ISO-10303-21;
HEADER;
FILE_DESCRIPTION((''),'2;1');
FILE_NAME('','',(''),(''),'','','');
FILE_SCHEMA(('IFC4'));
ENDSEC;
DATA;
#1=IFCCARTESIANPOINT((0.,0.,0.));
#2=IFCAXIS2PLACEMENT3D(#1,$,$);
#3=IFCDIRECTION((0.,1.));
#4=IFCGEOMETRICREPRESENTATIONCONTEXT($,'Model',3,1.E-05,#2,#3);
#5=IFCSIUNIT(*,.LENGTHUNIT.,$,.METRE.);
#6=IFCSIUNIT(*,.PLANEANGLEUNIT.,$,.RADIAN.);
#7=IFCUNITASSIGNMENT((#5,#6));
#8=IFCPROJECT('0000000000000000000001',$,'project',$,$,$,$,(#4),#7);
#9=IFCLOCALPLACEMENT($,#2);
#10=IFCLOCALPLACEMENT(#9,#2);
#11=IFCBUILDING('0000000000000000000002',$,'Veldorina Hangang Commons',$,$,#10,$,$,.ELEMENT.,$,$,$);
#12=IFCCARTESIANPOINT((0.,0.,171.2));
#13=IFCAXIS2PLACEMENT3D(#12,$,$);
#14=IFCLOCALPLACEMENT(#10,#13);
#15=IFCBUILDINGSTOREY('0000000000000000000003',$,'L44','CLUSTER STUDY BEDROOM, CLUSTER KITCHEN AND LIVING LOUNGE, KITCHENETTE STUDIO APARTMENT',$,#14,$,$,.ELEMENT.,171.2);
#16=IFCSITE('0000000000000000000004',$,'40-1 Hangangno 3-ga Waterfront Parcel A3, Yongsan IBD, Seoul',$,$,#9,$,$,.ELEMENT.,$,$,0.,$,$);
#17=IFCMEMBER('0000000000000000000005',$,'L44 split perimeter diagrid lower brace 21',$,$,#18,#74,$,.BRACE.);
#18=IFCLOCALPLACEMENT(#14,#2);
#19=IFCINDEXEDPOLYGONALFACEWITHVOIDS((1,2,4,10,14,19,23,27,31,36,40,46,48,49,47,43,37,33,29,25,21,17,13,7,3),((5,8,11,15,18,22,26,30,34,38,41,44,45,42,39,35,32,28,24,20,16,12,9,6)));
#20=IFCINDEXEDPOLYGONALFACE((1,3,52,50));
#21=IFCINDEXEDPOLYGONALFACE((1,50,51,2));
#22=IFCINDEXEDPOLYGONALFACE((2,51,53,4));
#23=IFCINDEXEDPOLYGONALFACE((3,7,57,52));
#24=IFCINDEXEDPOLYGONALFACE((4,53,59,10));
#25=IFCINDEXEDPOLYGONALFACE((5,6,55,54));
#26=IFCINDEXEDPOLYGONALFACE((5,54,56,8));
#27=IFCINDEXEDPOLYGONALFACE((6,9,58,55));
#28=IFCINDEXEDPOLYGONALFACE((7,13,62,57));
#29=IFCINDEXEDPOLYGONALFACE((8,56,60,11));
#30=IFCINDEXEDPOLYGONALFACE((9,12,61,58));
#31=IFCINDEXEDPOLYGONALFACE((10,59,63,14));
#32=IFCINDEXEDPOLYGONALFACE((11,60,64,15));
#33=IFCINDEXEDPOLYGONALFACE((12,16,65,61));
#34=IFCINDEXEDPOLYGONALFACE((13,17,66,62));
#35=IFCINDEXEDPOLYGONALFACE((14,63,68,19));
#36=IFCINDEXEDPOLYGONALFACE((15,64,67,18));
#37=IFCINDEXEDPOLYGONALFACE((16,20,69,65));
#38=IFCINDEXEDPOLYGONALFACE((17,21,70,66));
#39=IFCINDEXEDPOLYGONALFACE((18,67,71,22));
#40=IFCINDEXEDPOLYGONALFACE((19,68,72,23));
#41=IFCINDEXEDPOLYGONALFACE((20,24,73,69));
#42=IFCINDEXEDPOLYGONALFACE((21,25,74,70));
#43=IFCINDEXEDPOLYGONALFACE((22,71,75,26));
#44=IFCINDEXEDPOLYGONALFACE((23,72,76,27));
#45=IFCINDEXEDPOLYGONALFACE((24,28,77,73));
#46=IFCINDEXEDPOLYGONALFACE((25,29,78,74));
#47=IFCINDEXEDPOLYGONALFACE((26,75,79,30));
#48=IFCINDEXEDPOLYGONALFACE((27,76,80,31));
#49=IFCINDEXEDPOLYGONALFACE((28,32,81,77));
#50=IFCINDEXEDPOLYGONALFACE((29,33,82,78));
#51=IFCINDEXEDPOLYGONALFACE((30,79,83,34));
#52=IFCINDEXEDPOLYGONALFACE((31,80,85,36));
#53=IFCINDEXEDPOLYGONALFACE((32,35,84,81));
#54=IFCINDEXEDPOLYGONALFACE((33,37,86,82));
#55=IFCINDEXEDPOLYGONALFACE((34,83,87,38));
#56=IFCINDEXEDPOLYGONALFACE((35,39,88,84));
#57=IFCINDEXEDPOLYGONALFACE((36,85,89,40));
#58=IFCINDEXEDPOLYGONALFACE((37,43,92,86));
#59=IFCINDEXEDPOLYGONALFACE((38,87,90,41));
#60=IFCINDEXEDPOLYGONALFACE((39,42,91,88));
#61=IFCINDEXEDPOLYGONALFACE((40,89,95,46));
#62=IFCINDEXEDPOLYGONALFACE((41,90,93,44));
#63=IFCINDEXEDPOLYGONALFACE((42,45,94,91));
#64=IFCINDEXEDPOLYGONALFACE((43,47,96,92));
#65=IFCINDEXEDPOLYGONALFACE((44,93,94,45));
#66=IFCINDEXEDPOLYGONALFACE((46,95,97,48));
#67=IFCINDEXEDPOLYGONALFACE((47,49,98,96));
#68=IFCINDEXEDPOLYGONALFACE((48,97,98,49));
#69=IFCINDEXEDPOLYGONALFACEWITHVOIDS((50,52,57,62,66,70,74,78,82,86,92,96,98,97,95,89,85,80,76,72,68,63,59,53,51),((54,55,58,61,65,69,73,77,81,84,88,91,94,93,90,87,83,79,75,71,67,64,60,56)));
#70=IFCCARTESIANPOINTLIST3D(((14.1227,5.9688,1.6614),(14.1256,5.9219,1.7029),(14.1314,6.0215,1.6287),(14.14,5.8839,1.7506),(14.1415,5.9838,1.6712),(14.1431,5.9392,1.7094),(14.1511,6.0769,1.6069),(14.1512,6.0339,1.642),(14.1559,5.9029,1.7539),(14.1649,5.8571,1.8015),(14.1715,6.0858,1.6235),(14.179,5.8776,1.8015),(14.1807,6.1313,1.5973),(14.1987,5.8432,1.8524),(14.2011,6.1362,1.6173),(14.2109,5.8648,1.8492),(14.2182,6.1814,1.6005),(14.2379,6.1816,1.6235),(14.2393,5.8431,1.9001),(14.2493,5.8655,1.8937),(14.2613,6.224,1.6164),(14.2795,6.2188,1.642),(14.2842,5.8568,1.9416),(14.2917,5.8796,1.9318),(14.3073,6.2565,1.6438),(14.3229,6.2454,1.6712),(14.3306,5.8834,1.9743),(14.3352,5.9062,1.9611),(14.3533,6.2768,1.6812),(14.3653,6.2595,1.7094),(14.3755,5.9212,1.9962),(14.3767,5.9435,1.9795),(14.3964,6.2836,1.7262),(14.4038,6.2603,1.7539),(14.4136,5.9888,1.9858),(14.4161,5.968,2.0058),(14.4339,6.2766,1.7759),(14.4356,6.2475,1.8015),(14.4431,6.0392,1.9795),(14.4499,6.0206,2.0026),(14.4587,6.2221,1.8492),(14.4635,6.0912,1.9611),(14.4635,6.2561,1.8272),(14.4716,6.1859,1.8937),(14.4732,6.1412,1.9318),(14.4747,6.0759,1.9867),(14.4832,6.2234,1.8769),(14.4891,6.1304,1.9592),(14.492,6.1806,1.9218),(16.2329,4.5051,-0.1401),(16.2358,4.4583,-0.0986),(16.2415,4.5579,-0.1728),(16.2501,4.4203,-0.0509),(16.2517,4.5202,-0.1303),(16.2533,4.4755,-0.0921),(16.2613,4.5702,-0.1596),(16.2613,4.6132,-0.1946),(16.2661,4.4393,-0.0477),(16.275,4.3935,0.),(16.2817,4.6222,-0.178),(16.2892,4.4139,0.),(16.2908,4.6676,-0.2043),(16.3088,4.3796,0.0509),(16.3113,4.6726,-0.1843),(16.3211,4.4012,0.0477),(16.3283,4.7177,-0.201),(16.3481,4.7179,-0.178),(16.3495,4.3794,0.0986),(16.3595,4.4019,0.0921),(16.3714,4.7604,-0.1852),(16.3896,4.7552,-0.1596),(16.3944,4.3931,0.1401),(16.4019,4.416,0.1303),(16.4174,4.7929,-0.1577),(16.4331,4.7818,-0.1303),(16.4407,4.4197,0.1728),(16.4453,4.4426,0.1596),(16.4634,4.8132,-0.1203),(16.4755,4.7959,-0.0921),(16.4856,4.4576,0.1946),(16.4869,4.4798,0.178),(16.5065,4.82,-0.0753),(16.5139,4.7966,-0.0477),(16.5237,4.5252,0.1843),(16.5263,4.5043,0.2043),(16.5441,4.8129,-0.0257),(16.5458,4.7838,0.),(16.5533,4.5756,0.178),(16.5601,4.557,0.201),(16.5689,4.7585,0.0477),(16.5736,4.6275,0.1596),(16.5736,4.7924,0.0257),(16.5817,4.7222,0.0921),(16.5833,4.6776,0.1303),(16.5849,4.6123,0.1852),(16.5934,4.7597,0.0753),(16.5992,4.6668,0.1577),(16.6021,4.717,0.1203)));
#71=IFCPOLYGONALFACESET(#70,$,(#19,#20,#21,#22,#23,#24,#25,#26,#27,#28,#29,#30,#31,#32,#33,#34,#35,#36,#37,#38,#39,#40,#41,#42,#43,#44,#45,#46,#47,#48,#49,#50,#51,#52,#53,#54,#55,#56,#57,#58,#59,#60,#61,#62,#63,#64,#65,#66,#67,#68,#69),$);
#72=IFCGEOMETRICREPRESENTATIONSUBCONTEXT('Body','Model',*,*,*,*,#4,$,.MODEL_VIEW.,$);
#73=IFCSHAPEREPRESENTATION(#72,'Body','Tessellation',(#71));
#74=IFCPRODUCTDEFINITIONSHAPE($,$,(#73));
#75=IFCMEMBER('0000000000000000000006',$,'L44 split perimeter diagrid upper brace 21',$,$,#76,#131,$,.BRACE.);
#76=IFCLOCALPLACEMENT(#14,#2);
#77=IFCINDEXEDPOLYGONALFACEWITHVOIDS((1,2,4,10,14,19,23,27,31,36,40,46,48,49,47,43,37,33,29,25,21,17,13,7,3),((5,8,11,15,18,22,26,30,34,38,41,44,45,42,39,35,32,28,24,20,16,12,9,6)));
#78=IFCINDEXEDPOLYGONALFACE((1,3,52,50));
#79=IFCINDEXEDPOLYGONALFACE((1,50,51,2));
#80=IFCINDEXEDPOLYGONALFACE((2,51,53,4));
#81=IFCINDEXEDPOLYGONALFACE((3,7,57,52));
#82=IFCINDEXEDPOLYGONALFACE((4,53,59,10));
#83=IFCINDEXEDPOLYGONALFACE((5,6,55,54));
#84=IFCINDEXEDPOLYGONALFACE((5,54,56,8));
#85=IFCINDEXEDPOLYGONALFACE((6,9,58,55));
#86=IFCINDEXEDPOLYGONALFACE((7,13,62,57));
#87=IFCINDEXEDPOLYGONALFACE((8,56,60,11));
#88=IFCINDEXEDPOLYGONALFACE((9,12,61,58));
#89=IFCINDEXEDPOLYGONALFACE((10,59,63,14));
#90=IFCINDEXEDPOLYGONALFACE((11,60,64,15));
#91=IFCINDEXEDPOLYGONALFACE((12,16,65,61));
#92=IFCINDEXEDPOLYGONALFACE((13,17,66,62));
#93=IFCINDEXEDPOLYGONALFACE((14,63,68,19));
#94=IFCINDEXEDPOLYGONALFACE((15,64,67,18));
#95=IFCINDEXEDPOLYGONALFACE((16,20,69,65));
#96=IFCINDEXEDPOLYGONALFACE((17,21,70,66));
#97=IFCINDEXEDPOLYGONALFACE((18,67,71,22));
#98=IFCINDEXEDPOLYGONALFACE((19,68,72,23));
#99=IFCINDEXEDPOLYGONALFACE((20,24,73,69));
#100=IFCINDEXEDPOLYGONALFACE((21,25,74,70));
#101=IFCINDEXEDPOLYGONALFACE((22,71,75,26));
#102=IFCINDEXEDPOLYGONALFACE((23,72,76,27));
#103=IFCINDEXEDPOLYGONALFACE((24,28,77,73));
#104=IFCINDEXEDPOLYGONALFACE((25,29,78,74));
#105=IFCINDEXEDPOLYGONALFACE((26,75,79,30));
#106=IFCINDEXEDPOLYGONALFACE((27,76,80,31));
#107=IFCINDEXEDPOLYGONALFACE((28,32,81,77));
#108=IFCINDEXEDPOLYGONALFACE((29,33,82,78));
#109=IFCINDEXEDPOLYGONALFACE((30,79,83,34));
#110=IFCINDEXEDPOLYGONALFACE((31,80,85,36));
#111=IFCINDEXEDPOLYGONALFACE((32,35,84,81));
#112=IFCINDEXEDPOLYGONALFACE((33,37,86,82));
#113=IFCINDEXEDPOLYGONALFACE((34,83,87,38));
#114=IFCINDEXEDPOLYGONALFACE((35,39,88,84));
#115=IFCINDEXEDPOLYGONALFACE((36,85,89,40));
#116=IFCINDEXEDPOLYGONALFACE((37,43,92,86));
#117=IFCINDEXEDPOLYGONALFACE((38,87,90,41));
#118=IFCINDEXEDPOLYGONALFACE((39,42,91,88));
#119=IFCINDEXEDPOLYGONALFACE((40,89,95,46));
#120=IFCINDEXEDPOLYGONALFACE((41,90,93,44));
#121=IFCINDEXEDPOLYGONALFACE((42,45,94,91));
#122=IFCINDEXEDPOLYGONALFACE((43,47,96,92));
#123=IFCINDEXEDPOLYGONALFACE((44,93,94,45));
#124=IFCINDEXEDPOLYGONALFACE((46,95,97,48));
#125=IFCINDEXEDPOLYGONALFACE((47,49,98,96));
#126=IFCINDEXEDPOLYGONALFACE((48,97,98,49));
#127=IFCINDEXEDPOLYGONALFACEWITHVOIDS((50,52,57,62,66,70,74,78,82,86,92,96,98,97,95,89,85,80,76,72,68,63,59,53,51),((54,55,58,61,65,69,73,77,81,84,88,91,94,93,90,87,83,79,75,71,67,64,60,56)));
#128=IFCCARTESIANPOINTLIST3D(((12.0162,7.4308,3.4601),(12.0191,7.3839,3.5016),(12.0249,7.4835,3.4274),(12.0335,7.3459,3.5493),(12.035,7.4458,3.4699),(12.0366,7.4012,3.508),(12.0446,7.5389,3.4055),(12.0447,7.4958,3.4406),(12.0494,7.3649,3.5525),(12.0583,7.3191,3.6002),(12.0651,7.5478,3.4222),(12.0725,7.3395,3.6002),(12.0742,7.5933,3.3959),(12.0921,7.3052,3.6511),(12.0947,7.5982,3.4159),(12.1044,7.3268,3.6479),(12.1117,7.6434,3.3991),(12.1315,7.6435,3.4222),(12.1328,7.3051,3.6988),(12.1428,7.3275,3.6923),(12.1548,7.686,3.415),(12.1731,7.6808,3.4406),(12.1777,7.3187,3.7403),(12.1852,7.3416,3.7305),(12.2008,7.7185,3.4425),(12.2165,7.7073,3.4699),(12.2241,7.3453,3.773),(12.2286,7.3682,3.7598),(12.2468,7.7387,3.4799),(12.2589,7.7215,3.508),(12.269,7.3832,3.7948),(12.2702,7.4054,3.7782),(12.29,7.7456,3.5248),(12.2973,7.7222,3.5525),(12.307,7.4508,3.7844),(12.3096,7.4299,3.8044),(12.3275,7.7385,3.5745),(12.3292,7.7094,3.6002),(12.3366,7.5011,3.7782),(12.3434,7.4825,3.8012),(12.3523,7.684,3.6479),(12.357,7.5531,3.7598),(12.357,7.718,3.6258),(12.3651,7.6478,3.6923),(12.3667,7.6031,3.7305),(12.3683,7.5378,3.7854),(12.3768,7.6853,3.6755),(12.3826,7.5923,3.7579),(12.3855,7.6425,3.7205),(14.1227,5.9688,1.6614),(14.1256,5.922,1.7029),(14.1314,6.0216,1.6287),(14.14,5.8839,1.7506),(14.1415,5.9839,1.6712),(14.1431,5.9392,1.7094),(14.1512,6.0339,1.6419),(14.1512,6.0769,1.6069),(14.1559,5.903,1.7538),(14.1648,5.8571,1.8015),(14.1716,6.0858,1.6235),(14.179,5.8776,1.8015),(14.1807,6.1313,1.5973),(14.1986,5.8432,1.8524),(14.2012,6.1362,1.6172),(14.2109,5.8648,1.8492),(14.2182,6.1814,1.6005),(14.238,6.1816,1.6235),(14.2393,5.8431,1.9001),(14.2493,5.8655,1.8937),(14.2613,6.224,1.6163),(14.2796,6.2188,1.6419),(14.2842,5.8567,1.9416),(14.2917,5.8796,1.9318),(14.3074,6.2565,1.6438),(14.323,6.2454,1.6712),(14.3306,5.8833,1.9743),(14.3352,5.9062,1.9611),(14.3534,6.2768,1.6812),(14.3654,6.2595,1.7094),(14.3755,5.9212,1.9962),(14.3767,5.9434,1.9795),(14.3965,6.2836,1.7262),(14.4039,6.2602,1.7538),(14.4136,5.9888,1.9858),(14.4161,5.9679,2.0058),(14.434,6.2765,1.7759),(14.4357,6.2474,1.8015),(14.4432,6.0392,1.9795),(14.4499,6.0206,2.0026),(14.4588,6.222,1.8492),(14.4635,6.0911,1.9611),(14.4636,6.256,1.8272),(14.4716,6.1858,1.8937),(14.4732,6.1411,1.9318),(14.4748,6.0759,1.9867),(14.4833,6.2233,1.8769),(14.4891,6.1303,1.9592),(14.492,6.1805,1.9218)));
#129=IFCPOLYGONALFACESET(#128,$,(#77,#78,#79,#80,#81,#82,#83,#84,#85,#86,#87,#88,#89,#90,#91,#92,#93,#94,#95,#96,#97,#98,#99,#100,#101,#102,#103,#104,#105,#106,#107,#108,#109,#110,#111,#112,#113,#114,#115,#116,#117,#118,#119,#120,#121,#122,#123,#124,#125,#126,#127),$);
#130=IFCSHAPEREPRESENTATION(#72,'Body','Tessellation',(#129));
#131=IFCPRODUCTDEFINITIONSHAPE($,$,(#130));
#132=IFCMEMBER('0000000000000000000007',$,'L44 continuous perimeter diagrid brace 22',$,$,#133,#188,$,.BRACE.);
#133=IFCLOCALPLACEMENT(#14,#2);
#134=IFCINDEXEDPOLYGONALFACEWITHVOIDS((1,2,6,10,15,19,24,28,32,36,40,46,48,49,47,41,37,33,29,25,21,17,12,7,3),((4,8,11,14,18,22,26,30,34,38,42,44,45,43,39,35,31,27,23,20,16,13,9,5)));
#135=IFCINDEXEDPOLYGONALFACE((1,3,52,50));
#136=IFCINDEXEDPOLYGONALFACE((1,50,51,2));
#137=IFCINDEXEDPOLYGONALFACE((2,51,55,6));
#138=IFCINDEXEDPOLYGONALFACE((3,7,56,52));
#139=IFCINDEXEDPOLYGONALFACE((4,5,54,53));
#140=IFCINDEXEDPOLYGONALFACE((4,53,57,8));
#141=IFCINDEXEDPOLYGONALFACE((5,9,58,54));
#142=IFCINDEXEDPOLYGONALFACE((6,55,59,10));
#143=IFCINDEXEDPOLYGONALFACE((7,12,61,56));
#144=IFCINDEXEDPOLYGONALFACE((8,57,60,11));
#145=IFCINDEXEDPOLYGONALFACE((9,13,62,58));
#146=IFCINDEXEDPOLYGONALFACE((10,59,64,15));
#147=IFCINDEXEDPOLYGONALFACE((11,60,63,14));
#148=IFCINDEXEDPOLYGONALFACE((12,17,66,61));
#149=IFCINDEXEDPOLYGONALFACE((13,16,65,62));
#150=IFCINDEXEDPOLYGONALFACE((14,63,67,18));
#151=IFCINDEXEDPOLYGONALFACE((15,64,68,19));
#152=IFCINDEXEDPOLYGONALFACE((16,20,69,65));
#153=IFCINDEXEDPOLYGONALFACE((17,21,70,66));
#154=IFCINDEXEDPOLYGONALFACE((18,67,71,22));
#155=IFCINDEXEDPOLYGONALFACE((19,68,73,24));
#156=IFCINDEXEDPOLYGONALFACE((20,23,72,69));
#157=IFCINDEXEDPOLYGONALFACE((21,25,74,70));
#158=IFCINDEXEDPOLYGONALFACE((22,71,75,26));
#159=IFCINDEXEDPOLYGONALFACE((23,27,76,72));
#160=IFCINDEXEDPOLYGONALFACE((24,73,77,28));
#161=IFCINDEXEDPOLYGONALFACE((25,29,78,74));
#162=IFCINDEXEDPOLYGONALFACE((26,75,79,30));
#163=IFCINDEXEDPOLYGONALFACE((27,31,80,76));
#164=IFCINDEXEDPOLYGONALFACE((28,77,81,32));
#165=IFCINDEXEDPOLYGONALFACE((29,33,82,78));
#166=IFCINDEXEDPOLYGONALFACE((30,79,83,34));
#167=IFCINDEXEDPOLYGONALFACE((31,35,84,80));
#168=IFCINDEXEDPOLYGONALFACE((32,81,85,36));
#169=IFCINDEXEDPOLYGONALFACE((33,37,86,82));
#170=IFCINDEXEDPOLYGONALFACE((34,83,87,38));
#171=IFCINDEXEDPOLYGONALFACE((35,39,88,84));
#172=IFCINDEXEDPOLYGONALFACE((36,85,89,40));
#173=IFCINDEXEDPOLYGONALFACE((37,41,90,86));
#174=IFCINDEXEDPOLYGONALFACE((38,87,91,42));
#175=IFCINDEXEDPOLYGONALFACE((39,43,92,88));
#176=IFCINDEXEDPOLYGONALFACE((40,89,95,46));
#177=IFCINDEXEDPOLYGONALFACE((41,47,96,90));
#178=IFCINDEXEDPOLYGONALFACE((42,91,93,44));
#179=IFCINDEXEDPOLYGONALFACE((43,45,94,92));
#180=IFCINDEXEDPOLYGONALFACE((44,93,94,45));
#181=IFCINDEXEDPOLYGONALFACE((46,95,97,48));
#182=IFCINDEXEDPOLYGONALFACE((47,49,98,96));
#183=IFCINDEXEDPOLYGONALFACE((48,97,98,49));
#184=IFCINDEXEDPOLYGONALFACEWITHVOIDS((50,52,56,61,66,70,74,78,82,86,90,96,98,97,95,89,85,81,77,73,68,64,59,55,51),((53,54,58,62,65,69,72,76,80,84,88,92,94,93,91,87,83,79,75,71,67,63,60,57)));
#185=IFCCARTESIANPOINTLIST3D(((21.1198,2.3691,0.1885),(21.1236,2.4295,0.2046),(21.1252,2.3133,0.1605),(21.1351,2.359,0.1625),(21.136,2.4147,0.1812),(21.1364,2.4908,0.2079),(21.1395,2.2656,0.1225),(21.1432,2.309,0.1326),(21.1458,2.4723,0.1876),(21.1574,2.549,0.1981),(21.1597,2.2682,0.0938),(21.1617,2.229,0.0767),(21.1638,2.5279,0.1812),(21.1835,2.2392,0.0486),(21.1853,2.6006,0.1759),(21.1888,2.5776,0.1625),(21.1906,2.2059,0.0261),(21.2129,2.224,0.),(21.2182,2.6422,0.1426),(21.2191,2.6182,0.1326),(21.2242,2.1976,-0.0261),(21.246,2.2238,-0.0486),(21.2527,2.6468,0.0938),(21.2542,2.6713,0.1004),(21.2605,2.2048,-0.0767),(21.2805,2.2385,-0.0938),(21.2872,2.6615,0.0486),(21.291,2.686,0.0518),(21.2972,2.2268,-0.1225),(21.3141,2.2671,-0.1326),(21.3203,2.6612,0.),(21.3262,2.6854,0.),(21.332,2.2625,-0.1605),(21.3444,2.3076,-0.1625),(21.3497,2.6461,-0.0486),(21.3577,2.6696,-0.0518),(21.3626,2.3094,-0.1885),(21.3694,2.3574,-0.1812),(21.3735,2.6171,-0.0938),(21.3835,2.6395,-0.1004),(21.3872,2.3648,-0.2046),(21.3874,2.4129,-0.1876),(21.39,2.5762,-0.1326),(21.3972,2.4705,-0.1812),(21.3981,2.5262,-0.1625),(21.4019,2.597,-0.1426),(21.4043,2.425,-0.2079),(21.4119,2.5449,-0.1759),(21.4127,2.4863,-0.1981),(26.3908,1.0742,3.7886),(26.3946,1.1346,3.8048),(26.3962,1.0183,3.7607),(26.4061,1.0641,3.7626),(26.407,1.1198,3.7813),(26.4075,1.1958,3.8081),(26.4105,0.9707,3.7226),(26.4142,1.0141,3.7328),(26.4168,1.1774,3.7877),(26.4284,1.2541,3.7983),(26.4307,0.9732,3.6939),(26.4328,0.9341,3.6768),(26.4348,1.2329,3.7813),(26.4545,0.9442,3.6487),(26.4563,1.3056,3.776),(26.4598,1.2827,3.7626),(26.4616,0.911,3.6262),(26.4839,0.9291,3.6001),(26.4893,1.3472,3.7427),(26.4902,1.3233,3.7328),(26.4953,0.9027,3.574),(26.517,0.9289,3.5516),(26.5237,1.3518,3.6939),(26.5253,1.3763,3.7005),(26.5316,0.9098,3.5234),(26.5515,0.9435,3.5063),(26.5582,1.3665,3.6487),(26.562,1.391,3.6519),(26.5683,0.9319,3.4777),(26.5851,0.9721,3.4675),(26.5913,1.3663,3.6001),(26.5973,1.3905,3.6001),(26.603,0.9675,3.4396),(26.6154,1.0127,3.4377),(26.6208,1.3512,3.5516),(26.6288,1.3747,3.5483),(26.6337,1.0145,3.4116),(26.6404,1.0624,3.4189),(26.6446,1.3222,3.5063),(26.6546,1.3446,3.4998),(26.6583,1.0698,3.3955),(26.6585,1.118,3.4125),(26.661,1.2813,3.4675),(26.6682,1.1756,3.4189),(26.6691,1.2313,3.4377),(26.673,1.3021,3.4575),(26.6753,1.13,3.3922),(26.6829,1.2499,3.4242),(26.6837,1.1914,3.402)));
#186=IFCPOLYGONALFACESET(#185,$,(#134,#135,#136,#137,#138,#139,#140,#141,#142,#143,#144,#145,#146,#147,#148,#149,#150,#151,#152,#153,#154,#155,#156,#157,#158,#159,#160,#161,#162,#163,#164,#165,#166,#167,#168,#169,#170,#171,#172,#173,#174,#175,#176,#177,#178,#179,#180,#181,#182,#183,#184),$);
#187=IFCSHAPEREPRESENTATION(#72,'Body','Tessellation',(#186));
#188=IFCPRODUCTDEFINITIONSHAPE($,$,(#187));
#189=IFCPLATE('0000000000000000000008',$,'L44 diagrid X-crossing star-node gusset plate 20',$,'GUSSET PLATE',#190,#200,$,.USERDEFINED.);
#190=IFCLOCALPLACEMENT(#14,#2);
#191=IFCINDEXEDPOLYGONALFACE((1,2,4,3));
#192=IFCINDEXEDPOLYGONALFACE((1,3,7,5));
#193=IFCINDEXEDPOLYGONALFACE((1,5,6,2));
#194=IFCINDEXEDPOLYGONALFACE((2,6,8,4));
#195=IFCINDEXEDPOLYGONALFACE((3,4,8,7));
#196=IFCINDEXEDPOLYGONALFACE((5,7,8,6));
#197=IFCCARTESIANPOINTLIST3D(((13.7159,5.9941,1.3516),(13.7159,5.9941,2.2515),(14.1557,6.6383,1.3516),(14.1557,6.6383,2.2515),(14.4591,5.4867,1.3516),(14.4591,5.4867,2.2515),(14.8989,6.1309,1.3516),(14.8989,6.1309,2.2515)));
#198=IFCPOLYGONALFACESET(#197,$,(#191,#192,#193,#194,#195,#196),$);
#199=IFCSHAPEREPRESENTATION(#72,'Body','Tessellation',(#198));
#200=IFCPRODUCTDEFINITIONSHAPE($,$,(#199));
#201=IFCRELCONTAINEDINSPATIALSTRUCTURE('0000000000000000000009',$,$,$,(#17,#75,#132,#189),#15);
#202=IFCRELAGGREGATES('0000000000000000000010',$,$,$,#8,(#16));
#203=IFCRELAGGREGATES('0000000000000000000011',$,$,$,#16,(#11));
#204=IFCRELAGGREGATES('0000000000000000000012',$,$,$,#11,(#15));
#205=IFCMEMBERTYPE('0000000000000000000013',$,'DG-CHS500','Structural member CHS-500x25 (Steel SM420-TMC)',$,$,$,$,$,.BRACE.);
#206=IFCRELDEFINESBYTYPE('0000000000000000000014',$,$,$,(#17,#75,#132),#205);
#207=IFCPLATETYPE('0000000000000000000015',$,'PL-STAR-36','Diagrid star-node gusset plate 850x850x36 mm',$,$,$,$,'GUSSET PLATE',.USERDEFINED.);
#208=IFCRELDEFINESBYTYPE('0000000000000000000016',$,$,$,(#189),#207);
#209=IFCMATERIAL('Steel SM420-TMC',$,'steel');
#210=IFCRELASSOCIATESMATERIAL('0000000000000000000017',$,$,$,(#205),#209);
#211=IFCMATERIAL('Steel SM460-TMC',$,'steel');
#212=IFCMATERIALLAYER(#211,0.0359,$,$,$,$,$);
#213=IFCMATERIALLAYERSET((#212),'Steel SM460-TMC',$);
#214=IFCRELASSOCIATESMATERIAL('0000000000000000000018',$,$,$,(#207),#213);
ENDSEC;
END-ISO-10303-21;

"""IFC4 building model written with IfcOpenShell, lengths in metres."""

from ifc_helpers import new_model, si_unit, direction, frame, origin, origin_2d, place, context, subcontext, project, spatial, rectangle, hollow_circle, extrude, material, layer, layer_set, material_profile, profile_set, type_object, element, save


model = new_model("IFC4")

# Units and contexts
model_context = context("Model", 3, precision=1e-05, world=origin(), true_north=direction((0.0, 1.0)))
body_context = subcontext(model_context, "Body", "Model", "MODEL_VIEW")
ifc_project = project(units=[si_unit("LENGTHUNIT", "METRE"), si_unit("PLANEANGLEUNIT", "RADIAN")], contexts=[model_context])

# Site, building, storey
site_placement = place(None, origin())
site = spatial("IfcSite", under=ifc_project, at=site_placement, Name="40-1 Hangangno 3-ga Waterfront Parcel A3, Yongsan IBD, Seoul", CompositionType="ELEMENT", RefElevation=0.0)
building_placement = place(site_placement, origin())
building = spatial("IfcBuilding", under=site, at=building_placement, Name="Veldorina Hangang Commons", CompositionType="ELEMENT")
storey_placement = place(building_placement, frame((0.0, 0.0, 171.2)))
storey = spatial("IfcBuildingStorey", under=building, at=storey_placement, Name="L44", Description="CLUSTER STUDY BEDROOM, CLUSTER KITCHEN AND LIVING LOUNGE, KITCHENETTE STUDIO APARTMENT", CompositionType="ELEMENT", Elevation=171.2)

# Shared definitions
ifc_material_1 = material(Name="Steel SM420-TMC", Category="steel")

# Members
ifc_material_profile_1 = material_profile(ifc_material_1, hollow_circle(Radius=0.25, WallThickness=0.0249, at=origin_2d()), Name="CHS-500x25")
ifc_profile_set_1 = profile_set([ifc_material_profile_1], Name="Steel SM420-TMC")
member_type = type_object("IfcMemberType", Name="DG-CHS500", Description="Structural member CHS-500x25 (Steel SM420-TMC)", PredefinedType="BRACE", material=ifc_profile_set_1)
member_1_placement = place(storey_placement, frame((16.4175, 4.5989, 0.0), z_axis=(-0.672671, 0.466581, 0.574296), x_axis=(-0.569941, -0.821685, 0.0)))
element("IfcMember", 1, at=member_1_placement, inside=storey, type_object=member_type, Name="L44 split perimeter diagrid lower brace 21", PredefinedType="BRACE", context=body_context, shape_type="SweptSolid", body=[
    extrude(hollow_circle(Radius=0.25, WallThickness=0.0249, at=origin_2d()), origin(), (0.0, 0.0, 1.0), 3.137),
])
member_2_placement = place(storey_placement, frame((14.3074, 6.0625, 1.8015), z_axis=(-0.672563, 0.466772, 0.574267), x_axis=(-0.57016, -0.821534, 0.0)))
element("IfcMember", 2, at=member_2_placement, inside=storey, type_object=member_type, Name="L44 split perimeter diagrid upper brace 21", PredefinedType="BRACE", context=body_context, shape_type="SweptSolid", body=[
    extrude(hollow_circle(Radius=0.25, WallThickness=0.0249, at=origin_2d()), origin(), (0.0, 0.0, 1.0), 3.1321),
])
member_3_placement = place(storey_placement, frame((21.2666, 2.4426, 0.0), z_axis=(0.809287, -0.198817, 0.552744), x_axis=(0.238575, 0.971124, 0.0)))
element("IfcMember", 3, at=member_3_placement, inside=storey, type_object=member_type, Name="L44 continuous perimeter diagrid brace 22", PredefinedType="BRACE", context=body_context, shape_type="SweptSolid", body=[
    extrude(hollow_circle(Radius=0.25, WallThickness=0.0249, at=origin_2d()), origin(), (0.0, 0.0, 1.0), 6.5132),
])

# Plate
ifc_material_2 = material(Name="Steel SM460-TMC", Category="steel")
ifc_layer_1 = layer(ifc_material_2, 0.0359)
ifc_layer_set_1 = layer_set([ifc_layer_1], Name="Steel SM460-TMC")
plate_type = type_object("IfcPlateType", Name="PL-STAR-36", Description="Diagrid star-node gusset plate 850x850x36 mm", ElementType="GUSSET PLATE", PredefinedType="USERDEFINED", material=ifc_layer_set_1)
plate_placement = place(storey_placement, frame((14.3074, 6.0625, 1.3516), z_axis=(0.0, 0.0, 1.0), x_axis=(0.825882, -0.563843, 0.0)))
element("IfcPlate", 4, at=plate_placement, inside=storey, type_object=plate_type, Name="L44 diagrid X-crossing star-node gusset plate 20", ObjectType="GUSSET PLATE", PredefinedType="USERDEFINED", context=body_context, shape_type="SweptSolid", body=[
    extrude(rectangle(XDim=0.8999, YDim=0.78, at=origin_2d()), origin(), (0.0, 0.0, 1.0), 0.8999),
])

save(model, "model.ifc")
